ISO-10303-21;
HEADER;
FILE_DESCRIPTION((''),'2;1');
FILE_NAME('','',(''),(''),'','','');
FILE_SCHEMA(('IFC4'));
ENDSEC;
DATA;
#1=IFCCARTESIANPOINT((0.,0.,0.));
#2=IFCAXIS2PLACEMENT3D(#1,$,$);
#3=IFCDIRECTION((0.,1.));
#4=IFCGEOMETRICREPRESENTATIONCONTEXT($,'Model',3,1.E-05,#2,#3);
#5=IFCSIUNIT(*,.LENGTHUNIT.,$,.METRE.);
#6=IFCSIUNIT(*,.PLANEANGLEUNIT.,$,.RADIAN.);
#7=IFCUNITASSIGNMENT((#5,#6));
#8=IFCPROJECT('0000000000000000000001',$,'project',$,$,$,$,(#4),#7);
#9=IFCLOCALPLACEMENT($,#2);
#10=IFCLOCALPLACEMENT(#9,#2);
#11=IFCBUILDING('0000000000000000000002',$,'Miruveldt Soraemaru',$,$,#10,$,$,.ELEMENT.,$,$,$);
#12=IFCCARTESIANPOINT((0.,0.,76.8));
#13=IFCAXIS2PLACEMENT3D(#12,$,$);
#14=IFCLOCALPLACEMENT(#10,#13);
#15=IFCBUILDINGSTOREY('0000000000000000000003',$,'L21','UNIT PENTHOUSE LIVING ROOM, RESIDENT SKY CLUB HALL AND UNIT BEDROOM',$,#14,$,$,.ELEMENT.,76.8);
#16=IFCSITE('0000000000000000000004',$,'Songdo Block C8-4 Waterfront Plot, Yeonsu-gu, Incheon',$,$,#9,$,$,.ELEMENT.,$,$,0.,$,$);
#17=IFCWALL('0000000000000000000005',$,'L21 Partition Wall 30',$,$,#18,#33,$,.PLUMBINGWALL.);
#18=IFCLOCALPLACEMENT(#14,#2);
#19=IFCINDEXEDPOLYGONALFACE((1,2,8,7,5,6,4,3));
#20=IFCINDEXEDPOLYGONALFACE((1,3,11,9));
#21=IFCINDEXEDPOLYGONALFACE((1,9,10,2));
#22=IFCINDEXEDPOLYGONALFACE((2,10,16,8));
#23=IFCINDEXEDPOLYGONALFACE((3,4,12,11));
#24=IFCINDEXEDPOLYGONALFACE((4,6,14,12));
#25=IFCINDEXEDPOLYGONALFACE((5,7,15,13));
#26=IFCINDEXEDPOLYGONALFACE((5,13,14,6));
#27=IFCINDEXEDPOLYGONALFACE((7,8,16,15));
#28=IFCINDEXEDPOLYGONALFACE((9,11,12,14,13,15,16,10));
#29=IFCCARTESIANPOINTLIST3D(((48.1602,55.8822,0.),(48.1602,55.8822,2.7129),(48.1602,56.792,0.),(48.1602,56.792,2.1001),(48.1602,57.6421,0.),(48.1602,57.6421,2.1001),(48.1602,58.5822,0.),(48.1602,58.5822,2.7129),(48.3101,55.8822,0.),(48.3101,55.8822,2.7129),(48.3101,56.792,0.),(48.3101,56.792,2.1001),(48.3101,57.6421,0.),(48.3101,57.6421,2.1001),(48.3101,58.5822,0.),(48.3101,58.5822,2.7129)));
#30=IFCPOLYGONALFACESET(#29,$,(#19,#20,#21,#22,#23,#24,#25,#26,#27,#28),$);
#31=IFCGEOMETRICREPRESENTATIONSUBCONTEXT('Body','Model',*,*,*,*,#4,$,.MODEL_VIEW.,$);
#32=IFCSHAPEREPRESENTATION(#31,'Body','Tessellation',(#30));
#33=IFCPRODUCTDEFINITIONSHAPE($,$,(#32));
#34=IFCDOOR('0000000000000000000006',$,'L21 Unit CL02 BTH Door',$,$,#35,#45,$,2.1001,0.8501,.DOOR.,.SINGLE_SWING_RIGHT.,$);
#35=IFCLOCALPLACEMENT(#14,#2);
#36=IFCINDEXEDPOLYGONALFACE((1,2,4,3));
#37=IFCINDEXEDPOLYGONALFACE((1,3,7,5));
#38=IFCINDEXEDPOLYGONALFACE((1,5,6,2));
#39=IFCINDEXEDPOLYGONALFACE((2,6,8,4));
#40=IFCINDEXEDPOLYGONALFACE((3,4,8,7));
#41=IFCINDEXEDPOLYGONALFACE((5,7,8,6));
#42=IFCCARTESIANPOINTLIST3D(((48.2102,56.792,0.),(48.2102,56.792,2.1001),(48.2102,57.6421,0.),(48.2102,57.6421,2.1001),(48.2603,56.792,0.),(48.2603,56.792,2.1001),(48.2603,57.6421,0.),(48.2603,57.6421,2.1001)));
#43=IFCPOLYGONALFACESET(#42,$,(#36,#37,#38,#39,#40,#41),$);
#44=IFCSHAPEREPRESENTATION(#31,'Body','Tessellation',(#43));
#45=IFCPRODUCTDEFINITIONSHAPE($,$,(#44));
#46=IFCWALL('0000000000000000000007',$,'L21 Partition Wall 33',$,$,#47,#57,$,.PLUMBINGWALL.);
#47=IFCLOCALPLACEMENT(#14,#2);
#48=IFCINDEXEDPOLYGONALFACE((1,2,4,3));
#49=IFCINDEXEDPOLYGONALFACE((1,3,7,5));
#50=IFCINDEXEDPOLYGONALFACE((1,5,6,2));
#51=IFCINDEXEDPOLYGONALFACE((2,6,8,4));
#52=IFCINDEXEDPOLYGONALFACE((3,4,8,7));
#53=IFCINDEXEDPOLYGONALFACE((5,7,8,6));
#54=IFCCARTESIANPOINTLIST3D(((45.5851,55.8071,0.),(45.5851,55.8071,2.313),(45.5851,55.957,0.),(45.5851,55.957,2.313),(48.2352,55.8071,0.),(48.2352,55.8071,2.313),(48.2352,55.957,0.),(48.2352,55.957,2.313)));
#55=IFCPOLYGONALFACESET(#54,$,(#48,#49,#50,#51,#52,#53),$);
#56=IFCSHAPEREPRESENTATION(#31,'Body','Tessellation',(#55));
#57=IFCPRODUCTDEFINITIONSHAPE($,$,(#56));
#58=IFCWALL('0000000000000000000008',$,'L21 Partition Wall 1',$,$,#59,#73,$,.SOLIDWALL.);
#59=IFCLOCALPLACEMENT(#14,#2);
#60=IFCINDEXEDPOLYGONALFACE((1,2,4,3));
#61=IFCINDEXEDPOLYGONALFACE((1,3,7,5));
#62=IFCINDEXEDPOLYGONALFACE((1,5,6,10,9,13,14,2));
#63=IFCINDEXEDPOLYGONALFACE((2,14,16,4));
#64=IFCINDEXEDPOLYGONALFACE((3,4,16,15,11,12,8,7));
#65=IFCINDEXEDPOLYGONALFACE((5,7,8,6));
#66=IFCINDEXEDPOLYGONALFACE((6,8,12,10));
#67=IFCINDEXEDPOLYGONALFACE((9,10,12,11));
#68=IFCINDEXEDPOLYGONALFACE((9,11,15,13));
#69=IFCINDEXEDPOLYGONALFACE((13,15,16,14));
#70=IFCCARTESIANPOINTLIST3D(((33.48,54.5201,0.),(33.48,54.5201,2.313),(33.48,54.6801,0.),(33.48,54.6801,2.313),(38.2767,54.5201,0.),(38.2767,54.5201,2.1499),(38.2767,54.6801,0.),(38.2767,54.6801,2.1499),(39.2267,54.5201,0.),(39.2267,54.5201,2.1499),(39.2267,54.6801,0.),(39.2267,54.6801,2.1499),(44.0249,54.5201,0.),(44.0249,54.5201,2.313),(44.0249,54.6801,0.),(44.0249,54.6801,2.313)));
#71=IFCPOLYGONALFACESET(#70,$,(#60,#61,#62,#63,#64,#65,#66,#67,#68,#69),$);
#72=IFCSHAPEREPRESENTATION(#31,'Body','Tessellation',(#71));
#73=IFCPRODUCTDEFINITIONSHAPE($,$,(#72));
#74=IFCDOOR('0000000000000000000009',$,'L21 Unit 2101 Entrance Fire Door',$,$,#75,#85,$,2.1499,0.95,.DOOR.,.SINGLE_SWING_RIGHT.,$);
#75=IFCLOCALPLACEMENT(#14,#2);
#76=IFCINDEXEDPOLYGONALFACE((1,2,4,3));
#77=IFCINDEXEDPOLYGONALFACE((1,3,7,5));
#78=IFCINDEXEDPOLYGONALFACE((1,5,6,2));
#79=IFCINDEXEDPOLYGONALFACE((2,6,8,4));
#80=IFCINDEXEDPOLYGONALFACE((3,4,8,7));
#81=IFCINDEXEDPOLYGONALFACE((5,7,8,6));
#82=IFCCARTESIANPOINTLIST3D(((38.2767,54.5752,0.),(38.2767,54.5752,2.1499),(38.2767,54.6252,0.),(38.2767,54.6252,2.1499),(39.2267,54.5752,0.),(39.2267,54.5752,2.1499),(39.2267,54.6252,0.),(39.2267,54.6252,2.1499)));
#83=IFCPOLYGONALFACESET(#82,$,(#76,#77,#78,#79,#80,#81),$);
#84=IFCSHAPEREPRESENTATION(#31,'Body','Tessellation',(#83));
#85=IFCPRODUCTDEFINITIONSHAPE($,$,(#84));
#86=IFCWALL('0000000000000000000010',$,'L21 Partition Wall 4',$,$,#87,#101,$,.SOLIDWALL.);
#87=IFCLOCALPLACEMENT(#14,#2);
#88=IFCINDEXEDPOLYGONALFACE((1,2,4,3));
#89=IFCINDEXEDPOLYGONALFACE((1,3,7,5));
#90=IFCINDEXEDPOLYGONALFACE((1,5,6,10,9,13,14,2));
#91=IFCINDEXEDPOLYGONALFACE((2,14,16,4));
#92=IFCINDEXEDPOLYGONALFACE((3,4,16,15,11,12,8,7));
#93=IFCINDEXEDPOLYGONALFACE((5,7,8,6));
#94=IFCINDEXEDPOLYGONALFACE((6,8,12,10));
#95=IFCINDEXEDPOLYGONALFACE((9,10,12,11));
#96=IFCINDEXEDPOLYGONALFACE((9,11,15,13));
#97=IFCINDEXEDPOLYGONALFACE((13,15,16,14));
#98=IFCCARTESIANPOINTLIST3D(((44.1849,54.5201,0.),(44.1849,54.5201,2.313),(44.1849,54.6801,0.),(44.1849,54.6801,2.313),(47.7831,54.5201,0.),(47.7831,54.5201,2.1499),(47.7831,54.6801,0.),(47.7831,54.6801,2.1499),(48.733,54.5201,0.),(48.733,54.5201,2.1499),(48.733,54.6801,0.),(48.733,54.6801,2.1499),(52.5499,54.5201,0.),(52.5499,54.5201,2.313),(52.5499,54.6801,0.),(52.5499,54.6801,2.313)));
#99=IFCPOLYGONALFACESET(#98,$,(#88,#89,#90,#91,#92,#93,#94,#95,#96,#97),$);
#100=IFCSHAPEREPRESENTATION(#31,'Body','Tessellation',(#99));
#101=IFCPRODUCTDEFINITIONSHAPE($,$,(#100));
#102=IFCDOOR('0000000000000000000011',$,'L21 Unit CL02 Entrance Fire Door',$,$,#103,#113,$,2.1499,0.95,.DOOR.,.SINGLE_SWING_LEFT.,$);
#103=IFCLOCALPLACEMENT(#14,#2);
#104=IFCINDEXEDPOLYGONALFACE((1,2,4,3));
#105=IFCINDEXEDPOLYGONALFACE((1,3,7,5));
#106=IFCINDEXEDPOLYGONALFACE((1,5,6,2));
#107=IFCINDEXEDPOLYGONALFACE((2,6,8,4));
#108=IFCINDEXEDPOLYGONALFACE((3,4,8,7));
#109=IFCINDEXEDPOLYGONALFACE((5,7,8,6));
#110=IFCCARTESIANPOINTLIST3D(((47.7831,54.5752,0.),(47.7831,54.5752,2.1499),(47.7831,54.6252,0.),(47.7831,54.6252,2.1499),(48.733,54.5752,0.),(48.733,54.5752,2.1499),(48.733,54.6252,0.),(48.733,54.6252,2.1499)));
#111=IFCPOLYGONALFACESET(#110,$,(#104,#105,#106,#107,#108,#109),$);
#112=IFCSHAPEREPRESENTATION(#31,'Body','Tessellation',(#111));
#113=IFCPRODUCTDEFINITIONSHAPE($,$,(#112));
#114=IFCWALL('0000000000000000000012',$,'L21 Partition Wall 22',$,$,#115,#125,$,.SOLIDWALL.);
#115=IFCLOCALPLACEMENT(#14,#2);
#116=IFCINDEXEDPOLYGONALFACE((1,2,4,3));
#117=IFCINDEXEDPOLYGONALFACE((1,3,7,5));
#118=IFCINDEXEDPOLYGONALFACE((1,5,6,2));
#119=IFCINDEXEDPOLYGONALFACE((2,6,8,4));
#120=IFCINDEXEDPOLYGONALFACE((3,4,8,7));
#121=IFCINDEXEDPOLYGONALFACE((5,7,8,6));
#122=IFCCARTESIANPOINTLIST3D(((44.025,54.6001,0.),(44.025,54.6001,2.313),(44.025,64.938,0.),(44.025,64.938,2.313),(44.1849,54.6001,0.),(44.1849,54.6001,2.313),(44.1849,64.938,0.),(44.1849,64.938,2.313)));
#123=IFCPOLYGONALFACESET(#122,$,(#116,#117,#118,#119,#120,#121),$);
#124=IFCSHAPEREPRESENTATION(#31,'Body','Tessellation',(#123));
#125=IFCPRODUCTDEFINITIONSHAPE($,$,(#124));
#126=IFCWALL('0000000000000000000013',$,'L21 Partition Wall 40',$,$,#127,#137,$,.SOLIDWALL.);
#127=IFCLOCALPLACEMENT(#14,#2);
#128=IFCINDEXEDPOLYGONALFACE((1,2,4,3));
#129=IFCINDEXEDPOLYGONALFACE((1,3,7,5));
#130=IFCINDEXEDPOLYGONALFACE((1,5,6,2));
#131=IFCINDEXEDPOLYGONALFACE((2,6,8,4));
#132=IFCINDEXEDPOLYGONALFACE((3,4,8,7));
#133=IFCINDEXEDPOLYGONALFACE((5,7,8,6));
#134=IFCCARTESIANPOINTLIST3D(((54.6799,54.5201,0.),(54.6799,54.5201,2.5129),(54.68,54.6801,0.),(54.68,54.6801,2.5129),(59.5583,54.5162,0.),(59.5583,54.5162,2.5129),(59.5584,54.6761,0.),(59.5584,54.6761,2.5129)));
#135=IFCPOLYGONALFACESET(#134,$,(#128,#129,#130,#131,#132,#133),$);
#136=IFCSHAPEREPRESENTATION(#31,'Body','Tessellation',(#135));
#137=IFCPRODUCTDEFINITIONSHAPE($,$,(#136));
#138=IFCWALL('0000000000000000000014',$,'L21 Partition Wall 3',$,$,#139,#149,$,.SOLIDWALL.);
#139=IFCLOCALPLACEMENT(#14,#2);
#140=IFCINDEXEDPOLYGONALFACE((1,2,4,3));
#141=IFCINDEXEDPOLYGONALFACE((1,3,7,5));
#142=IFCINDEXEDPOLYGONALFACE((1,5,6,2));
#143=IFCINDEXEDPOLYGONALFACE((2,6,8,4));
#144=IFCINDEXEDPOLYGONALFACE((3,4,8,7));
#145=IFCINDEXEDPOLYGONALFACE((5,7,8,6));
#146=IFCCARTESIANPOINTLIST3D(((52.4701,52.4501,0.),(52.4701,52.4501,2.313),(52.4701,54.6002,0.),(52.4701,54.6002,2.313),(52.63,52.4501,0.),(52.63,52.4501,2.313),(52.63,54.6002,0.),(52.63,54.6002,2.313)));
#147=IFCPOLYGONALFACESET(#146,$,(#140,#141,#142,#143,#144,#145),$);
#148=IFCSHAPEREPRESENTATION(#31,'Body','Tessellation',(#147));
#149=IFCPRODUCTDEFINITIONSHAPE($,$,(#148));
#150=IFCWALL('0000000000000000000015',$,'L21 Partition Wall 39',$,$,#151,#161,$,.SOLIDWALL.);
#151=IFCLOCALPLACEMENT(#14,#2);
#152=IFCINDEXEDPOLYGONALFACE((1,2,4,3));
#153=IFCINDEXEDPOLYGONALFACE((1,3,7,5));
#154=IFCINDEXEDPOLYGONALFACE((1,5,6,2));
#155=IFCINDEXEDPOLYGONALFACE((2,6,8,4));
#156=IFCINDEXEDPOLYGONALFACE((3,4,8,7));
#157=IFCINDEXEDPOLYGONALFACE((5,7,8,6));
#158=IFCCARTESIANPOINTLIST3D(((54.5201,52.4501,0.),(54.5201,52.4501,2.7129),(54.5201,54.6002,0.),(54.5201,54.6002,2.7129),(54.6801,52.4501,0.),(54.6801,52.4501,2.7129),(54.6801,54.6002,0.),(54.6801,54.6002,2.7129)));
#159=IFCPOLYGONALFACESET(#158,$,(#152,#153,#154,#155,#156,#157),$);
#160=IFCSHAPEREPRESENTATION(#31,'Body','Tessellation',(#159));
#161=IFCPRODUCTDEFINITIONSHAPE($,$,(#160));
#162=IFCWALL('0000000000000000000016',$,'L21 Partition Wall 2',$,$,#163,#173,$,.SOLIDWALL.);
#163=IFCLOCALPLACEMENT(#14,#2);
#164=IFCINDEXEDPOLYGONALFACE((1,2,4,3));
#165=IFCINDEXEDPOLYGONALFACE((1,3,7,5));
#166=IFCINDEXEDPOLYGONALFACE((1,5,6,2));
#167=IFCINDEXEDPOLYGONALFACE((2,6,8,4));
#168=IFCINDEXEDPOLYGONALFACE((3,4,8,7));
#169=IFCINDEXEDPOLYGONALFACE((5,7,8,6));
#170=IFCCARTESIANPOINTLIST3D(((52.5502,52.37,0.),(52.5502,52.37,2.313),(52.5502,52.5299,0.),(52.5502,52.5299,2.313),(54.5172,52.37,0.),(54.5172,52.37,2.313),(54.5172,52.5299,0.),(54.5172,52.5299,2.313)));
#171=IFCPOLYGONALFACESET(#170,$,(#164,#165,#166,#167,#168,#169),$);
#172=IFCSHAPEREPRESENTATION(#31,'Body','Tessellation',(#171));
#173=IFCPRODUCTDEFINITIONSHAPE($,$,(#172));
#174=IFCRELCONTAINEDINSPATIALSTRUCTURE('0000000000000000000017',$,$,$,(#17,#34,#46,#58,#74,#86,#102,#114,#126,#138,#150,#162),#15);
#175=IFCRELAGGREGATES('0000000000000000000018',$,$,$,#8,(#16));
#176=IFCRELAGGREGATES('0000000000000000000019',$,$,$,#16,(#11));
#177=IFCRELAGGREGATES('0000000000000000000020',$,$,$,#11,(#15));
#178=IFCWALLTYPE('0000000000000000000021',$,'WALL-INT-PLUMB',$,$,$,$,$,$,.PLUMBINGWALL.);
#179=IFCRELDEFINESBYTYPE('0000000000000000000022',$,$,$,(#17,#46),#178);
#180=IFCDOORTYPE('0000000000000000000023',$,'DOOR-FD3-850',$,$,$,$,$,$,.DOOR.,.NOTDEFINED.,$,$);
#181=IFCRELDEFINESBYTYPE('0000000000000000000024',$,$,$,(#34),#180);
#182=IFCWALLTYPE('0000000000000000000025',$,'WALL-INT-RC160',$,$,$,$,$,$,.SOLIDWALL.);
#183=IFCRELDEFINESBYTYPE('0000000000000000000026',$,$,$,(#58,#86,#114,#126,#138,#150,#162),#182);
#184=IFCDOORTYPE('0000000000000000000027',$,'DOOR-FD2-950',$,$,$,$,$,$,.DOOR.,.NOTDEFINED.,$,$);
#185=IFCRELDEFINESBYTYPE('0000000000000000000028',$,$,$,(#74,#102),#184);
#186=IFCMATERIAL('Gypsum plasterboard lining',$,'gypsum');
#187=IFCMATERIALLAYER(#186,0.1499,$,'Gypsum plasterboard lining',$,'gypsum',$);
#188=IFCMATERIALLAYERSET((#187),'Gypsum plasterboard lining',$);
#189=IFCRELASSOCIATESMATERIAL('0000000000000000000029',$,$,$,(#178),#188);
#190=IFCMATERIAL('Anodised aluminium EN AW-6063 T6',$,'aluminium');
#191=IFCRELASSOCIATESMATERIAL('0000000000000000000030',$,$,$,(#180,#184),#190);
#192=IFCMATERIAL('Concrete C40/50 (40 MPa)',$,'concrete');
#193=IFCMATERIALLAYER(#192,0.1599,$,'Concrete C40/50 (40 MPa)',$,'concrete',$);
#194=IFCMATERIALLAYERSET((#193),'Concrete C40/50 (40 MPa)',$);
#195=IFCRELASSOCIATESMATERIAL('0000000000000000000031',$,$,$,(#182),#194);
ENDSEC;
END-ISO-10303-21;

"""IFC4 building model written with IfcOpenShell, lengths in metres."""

from ifc_helpers import new_model, si_unit, direction, frame, frame_2d, origin, place, context, subcontext, project, spatial, rectangle, extrude, material, layer, layer_set, type_object, element, fill, save


model = new_model("IFC4")

# Units and contexts
model_context = context("Model", 3, precision=1e-05, world=origin(), true_north=direction((0.0, 1.0)))
body_context = subcontext(model_context, "Body", "Model", "MODEL_VIEW")
ifc_project = project(units=[si_unit("LENGTHUNIT", "METRE"), si_unit("PLANEANGLEUNIT", "RADIAN")], contexts=[model_context])

# Site, building, storey
site_placement = place(None, origin())
site = spatial("IfcSite", under=ifc_project, at=site_placement, Name="Songdo Block C8-4 Waterfront Plot, Yeonsu-gu, Incheon", CompositionType="ELEMENT", RefElevation=0.0)
building_placement = place(site_placement, origin())
building = spatial("IfcBuilding", under=site, at=building_placement, Name="Miruveldt Soraemaru", CompositionType="ELEMENT")
storey_placement = place(building_placement, frame((0.0, 0.0, 76.8)))
storey = spatial("IfcBuildingStorey", under=building, at=storey_placement, Name="L21", Description="UNIT PENTHOUSE LIVING ROOM, RESIDENT SKY CLUB HALL AND UNIT BEDROOM", CompositionType="ELEMENT", Elevation=76.8)

# Shared definitions
ifc_material_1 = material(Name="Gypsum plasterboard lining", Category="gypsum")
ifc_material_2 = material(Name="Anodised aluminium EN AW-6063 T6", Category="aluminium")

# Wall, opening, door
ifc_layer_1 = layer(ifc_material_1, 0.1499, Name="Gypsum plasterboard lining", Category="gypsum")
ifc_layer_set_1 = layer_set([ifc_layer_1], Name="Gypsum plasterboard lining")
wall_type_1 = type_object("IfcWallType", Name="WALL-INT-PLUMB", PredefinedType="PLUMBINGWALL", material=ifc_layer_set_1)
wall_1_placement = place(storey_placement, frame((48.2351, 55.8821, 0.0), z_axis=(0.0, 0.0, 1.0), x_axis=(0.0, 1.0, 0.0)))
wall_1 = element("IfcWall", 1, at=wall_1_placement, inside=storey, type_object=wall_type_1, Name="L21 Partition Wall 30", PredefinedType="PLUMBINGWALL", context=body_context, shape_type="SweptSolid", body=[
    extrude(rectangle(XDim=2.7, YDim=0.1499, at=frame_2d((1.3501, 0.0))), origin(), (0.0, 0.0, 1.0), 2.7129),
])
opening_1_placement = place(wall_1_placement, frame((0.9099, 0.0, 0.0)))
opening_1 = element("IfcOpeningElement", 2, at=opening_1_placement, cuts=wall_1, PredefinedType="OPENING", context=body_context, shape_type="SweptSolid", body=[
    extrude(rectangle(XDim=0.8501, YDim=2.1001, at=frame_2d((0.425, 1.05))), frame((0.0, 0.085, 0.0), z_axis=(0.0, -1.0, 0.0), x_axis=(1.0, 0.0, 0.0)), (0.0, 0.0, 1.0), 0.1699),
])
door_type_1 = type_object("IfcDoorType", Name="DOOR-FD3-850", OperationType="NOTDEFINED", PredefinedType="DOOR", material=ifc_material_2)
door_1_placement = place(opening_1_placement, origin())
door_1 = element("IfcDoor", 3, at=door_1_placement, inside=storey, type_object=door_type_1, Name="L21 Unit CL02 BTH Door", OperationType="SINGLE_SWING_RIGHT", OverallHeight=2.1001, OverallWidth=0.8501, PredefinedType="DOOR", context=body_context, shape_type="SweptSolid", body=[
    extrude(rectangle(XDim=0.8501, YDim=2.1001, at=frame_2d((0.425, 1.05))), frame((0.0, 0.0249, 0.0), z_axis=(0.0, -1.0, 0.0), x_axis=(1.0, 0.0, 0.0)), (0.0, 0.0, 1.0), 0.05),
])
fill(opening_1, door_1)

# Wall
wall_2_placement = place(storey_placement, frame((45.585, 55.8821, 0.0), z_axis=(0.0, 0.0, 1.0), x_axis=(1.0, 0.0, 0.0)))
element("IfcWall", 4, at=wall_2_placement, inside=storey, type_object=wall_type_1, Name="L21 Partition Wall 33", PredefinedType="PLUMBINGWALL", context=body_context, shape_type="SweptSolid", body=[
    extrude(rectangle(XDim=2.6501, YDim=0.1499, at=frame_2d((1.3252, 0.0))), origin(), (0.0, 0.0, 1.0), 2.313),
])

# Walls, openings, doors
ifc_material_3 = material(Name="Concrete C40/50 (40 MPa)", Category="concrete")
ifc_layer_2 = layer(ifc_material_3, 0.1599, Name="Concrete C40/50 (40 MPa)", Category="concrete")
ifc_layer_set_2 = layer_set([ifc_layer_2], Name="Concrete C40/50 (40 MPa)")
wall_type_2 = type_object("IfcWallType", Name="WALL-INT-RC160", PredefinedType="SOLIDWALL", material=ifc_layer_set_2)
wall_3_placement = place(storey_placement, frame((44.0249, 54.6001, 0.0), z_axis=(0.0, 0.0, 1.0), x_axis=(-1.0, 0.0, 0.0)))
wall_3 = element("IfcWall", 5, at=wall_3_placement, inside=storey, type_object=wall_type_2, Name="L21 Partition Wall 1", PredefinedType="SOLIDWALL", context=body_context, shape_type="SweptSolid", body=[
    extrude(rectangle(XDim=10.5449, YDim=0.1599, at=frame_2d((5.2725, 0.0))), origin(), (0.0, 0.0, 1.0), 2.313),
])
opening_2_placement = place(wall_3_placement, frame((4.7981, 0.0, 0.0)))
opening_2 = element("IfcOpeningElement", 6, at=opening_2_placement, cuts=wall_3, PredefinedType="OPENING", context=body_context, shape_type="SweptSolid", body=[
    extrude(rectangle(XDim=0.95, YDim=2.1499, at=frame_2d((0.4751, 1.075))), frame((0.0, 0.0898, 0.0), z_axis=(0.0, -1.0, 0.0), x_axis=(1.0, 0.0, 0.0)), (0.0, 0.0, 1.0), 0.1799),
])
door_type_2 = type_object("IfcDoorType", Name="DOOR-FD2-950", OperationType="NOTDEFINED", PredefinedType="DOOR", material=ifc_material_2)
door_2_placement = place(opening_2_placement, origin())
door_2 = element("IfcDoor", 7, at=door_2_placement, inside=storey, type_object=door_type_2, Name="L21 Unit 2101 Entrance Fire Door", OperationType="SINGLE_SWING_RIGHT", OverallHeight=2.1499, OverallWidth=0.95, PredefinedType="DOOR", context=body_context, shape_type="SweptSolid", body=[
    extrude(rectangle(XDim=0.95, YDim=2.1499, at=frame_2d((0.4751, 1.075))), frame((0.0, 0.0249, 0.0), z_axis=(0.0, -1.0, 0.0), x_axis=(1.0, 0.0, 0.0)), (0.0, 0.0, 1.0), 0.05),
])
fill(opening_2, door_2)
wall_4_placement = place(storey_placement, frame((52.55, 54.6001, 0.0), z_axis=(0.0, 0.0, 1.0), x_axis=(-1.0, 0.0, 0.0)))
wall_4 = element("IfcWall", 8, at=wall_4_placement, inside=storey, type_object=wall_type_2, Name="L21 Partition Wall 4", PredefinedType="SOLIDWALL", context=body_context, shape_type="SweptSolid", body=[
    extrude(rectangle(XDim=8.365, YDim=0.1599, at=frame_2d((4.1826, 0.0))), origin(), (0.0, 0.0, 1.0), 2.313),
])
opening_3_placement = place(wall_4_placement, frame((3.8169, 0.0, 0.0)))
opening_3 = element("IfcOpeningElement", 9, at=opening_3_placement, cuts=wall_4, PredefinedType="OPENING", context=body_context, shape_type="SweptSolid", body=[
    extrude(rectangle(XDim=0.95, YDim=2.1499, at=frame_2d((0.4751, 1.075))), frame((0.0, 0.0898, 0.0), z_axis=(0.0, -1.0, 0.0), x_axis=(1.0, 0.0, 0.0)), (0.0, 0.0, 1.0), 0.1799),
])
door_3_placement = place(opening_3_placement, origin())
door_3 = element("IfcDoor", 10, at=door_3_placement, inside=storey, type_object=door_type_2, Name="L21 Unit CL02 Entrance Fire Door", OperationType="SINGLE_SWING_LEFT", OverallHeight=2.1499, OverallWidth=0.95, PredefinedType="DOOR", context=body_context, shape_type="SweptSolid", body=[
    extrude(rectangle(XDim=0.95, YDim=2.1499, at=frame_2d((0.4751, 1.075))), frame((0.0, 0.0249, 0.0), z_axis=(0.0, -1.0, 0.0), x_axis=(1.0, 0.0, 0.0)), (0.0, 0.0, 1.0), 0.05),
])
fill(opening_3, door_3)

# Walls
wall_5_placement = place(storey_placement, frame((44.105, 54.6001, 0.0), z_axis=(0.0, 0.0, 1.0), x_axis=(0.0, 1.0, 0.0)))
element("IfcWall", 11, at=wall_5_placement, inside=storey, type_object=wall_type_2, Name="L21 Partition Wall 22", PredefinedType="SOLIDWALL", context=body_context, shape_type="SweptSolid", body=[
    extrude(rectangle(XDim=10.3379, YDim=0.1599, at=frame_2d((5.1689, 0.0))), origin(), (0.0, 0.0, 1.0), 2.313),
])
wall_6_placement = place(storey_placement, frame((54.6799, 54.6001, 0.0), z_axis=(0.0, 0.0, 1.0), x_axis=(1.0, -0.000801, 0.0)))
element("IfcWall", 12, at=wall_6_placement, inside=storey, type_object=wall_type_2, Name="L21 Partition Wall 40", PredefinedType="SOLIDWALL", context=body_context, shape_type="SweptSolid", body=[
    extrude(rectangle(XDim=4.8784, YDim=0.1599, at=frame_2d((2.4392, 0.0))), origin(), (0.0, 0.0, 1.0), 2.5129),
])
wall_7_placement = place(storey_placement, frame((52.55, 52.45, 0.0), z_axis=(0.0, 0.0, 1.0), x_axis=(0.0, 1.0, 0.0)))
element("IfcWall", 13, at=wall_7_placement, inside=storey, type_object=wall_type_2, Name="L21 Partition Wall 3", PredefinedType="SOLIDWALL", context=body_context, shape_type="SweptSolid", body=[
    extrude(rectangle(XDim=2.1501, YDim=0.1599, at=frame_2d((1.0752, 0.0))), origin(), (0.0, 0.0, 1.0), 2.313),
])
wall_8_placement = place(storey_placement, frame((54.6001, 52.45, 0.0), z_axis=(0.0, 0.0, 1.0), x_axis=(0.0, 1.0, 0.0)))
element("IfcWall", 14, at=wall_8_placement, inside=storey, type_object=wall_type_2, Name="L21 Partition Wall 39", PredefinedType="SOLIDWALL", context=body_context, shape_type="SweptSolid", body=[
    extrude(rectangle(XDim=2.1501, YDim=0.1599, at=frame_2d((1.0752, 0.0))), origin(), (0.0, 0.0, 1.0), 2.7129),
])
wall_9_placement = place(storey_placement, frame((54.5171, 52.45, 0.0), z_axis=(0.0, 0.0, 1.0), x_axis=(-1.0, 0.0, 0.0)))
element("IfcWall", 15, at=wall_9_placement, inside=storey, type_object=wall_type_2, Name="L21 Partition Wall 2", PredefinedType="SOLIDWALL", context=body_context, shape_type="SweptSolid", body=[
    extrude(rectangle(XDim=1.967, YDim=0.1599, at=frame_2d((0.9834, 0.0))), origin(), (0.0, 0.0, 1.0), 2.313),
])

save(model, "model.ifc")
